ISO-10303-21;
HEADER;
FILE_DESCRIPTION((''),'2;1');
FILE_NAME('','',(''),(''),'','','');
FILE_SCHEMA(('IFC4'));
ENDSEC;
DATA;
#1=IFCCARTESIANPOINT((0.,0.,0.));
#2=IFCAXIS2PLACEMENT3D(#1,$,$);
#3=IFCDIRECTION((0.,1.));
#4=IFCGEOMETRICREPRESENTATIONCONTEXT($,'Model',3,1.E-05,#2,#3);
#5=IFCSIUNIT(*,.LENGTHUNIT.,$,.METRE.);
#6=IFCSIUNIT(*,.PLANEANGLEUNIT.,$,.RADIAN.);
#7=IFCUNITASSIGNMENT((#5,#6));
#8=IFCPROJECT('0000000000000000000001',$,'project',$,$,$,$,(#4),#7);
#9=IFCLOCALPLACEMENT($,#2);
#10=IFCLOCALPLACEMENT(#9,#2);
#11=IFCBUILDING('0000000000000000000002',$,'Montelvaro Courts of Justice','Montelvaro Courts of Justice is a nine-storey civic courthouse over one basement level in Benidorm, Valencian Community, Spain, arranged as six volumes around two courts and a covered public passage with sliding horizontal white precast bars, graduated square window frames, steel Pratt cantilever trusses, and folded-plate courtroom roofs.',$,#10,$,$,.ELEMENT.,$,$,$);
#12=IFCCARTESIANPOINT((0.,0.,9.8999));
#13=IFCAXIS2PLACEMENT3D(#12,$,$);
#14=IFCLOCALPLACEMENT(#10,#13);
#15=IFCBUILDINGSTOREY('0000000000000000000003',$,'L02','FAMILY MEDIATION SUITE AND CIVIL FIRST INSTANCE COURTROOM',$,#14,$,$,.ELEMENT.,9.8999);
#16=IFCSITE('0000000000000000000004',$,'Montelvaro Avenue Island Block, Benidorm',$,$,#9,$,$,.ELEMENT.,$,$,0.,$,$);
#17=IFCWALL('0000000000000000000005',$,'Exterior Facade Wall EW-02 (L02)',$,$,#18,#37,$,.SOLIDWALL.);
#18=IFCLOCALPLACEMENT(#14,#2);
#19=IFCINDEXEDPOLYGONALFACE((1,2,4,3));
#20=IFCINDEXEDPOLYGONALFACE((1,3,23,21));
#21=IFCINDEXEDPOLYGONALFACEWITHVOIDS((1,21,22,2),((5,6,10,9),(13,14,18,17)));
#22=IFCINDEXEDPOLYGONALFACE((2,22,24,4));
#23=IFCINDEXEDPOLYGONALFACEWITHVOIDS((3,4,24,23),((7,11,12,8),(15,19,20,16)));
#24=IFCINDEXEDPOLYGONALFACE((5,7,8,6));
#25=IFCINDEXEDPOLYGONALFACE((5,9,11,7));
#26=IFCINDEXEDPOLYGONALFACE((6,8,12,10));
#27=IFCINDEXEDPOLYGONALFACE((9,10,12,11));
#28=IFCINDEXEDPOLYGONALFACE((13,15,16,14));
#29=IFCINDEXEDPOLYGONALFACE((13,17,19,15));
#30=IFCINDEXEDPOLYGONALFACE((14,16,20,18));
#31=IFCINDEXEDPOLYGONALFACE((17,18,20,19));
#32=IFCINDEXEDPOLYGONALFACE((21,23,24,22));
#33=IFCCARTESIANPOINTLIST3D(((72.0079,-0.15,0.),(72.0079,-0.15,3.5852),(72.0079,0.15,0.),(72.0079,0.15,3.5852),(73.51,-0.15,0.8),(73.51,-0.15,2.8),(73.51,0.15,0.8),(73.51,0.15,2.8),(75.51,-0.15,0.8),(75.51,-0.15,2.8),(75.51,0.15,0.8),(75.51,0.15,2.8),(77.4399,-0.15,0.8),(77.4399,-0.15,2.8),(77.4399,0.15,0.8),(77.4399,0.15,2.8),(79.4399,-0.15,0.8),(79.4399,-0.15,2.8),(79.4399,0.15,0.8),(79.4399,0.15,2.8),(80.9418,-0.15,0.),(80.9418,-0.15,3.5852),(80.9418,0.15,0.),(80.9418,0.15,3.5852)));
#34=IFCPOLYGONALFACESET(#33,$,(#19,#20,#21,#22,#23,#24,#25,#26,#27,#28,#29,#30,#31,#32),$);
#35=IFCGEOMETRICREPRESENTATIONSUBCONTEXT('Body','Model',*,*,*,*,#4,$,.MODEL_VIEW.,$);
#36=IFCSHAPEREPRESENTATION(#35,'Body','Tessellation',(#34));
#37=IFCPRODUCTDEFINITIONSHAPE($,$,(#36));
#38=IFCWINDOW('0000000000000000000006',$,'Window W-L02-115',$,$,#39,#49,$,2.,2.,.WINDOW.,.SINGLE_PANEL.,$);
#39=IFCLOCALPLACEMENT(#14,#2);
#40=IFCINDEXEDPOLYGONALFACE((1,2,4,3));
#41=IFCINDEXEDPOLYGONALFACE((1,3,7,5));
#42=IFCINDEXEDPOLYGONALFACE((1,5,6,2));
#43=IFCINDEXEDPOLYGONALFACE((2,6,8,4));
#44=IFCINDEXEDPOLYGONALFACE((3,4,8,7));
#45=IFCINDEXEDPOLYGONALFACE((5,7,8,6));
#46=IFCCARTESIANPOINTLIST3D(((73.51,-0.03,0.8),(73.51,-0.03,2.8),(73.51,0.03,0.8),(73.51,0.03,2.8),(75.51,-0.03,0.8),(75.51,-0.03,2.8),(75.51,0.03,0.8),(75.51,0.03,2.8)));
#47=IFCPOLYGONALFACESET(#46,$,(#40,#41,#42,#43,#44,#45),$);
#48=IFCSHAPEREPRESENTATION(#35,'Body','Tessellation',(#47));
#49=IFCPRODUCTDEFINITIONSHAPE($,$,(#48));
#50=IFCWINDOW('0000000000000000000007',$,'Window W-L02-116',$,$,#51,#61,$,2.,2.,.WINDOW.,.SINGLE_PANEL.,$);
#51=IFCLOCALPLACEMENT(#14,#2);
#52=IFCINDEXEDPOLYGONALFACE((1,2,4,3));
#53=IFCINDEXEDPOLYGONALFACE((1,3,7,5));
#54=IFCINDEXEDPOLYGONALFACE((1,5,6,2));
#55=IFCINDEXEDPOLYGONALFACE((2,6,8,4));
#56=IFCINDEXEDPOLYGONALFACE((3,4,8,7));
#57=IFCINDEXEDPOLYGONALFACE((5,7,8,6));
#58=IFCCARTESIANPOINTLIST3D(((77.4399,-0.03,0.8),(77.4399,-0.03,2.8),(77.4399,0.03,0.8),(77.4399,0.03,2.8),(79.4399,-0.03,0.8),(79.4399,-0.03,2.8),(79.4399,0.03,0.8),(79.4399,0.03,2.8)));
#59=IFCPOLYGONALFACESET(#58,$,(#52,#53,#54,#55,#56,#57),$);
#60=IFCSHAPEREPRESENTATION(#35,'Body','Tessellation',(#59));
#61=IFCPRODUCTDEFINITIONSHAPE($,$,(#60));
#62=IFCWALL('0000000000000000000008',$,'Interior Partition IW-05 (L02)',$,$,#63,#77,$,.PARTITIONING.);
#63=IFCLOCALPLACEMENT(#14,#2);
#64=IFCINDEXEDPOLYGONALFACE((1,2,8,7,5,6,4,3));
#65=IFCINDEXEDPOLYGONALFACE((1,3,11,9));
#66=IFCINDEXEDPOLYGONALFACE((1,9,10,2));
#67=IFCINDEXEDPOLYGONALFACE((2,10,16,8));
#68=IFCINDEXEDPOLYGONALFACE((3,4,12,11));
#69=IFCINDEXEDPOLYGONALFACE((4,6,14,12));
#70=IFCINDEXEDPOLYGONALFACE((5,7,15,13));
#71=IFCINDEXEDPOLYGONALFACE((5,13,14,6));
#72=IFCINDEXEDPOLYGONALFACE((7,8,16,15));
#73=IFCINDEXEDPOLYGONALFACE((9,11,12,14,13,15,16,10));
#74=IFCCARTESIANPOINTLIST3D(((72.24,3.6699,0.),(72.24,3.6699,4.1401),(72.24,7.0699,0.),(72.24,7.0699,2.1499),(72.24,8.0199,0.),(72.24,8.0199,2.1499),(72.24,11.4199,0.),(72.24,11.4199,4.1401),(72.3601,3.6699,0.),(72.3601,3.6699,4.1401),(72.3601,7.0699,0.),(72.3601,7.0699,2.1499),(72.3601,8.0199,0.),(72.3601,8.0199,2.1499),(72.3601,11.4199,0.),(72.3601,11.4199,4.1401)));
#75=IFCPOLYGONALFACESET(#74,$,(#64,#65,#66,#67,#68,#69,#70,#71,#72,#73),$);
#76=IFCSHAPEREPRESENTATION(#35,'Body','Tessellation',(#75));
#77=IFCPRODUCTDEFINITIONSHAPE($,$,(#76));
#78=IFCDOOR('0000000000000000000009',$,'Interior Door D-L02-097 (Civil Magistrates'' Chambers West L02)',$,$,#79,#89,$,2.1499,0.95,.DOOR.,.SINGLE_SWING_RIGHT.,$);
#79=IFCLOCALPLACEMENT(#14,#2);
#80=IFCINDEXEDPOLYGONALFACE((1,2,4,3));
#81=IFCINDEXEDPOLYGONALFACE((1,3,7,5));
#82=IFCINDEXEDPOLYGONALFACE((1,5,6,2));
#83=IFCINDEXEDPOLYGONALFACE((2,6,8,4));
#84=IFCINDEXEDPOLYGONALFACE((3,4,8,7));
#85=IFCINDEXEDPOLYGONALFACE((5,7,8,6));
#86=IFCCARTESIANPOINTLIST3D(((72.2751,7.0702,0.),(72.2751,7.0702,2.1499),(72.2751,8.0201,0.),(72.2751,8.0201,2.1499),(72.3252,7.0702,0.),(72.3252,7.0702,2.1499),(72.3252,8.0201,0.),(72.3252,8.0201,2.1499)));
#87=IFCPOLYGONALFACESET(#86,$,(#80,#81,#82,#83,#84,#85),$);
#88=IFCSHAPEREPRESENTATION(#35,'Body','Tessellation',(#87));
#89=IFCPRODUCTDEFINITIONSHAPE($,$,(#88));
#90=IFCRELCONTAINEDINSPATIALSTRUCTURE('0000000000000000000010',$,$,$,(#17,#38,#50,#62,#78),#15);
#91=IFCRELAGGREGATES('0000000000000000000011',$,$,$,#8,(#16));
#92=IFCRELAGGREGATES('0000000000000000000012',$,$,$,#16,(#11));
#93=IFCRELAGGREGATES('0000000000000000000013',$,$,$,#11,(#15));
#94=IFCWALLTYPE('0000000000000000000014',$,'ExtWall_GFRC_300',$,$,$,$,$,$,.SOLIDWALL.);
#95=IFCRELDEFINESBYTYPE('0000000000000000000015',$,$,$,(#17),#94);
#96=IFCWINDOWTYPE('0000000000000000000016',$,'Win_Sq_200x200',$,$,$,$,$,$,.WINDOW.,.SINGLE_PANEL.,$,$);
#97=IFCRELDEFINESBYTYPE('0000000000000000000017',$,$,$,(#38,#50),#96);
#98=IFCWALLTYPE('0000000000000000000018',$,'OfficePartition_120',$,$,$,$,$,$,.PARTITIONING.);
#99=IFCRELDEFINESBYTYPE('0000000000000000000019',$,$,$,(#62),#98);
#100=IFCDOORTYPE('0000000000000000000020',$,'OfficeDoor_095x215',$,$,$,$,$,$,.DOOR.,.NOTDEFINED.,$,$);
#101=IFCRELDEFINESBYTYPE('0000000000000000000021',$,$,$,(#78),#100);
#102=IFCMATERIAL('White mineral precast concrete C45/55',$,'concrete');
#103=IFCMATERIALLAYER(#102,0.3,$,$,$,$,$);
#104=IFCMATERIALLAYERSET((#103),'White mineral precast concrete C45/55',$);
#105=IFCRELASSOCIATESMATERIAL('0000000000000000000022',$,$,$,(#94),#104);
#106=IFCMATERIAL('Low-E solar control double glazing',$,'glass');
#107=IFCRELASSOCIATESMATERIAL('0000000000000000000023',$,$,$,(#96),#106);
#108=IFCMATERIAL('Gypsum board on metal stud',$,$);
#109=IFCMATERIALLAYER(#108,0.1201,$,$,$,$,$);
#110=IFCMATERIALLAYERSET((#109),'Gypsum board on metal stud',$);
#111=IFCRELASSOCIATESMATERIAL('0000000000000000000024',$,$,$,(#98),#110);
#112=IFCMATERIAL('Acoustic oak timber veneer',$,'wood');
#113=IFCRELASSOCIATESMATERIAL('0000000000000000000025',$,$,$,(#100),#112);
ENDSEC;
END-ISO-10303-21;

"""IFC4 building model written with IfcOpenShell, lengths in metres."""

from ifc_helpers import new_model, si_unit, direction, frame, frame_2d, origin, place, context, subcontext, project, spatial, rectangle, extrude, material, layer, layer_set, type_object, element, fill, save


model = new_model("IFC4")

# Units and contexts
model_context = context("Model", 3, precision=1e-05, world=origin(), true_north=direction((0.0, 1.0)))
body_context = subcontext(model_context, "Body", "Model", "MODEL_VIEW")
ifc_project = project(units=[si_unit("LENGTHUNIT", "METRE"), si_unit("PLANEANGLEUNIT", "RADIAN")], contexts=[model_context])

# Site, building, storey
site_placement = place(None, origin())
site = spatial("IfcSite", under=ifc_project, at=site_placement, Name="Montelvaro Avenue Island Block, Benidorm", CompositionType="ELEMENT", RefElevation=0.0)
building_placement = place(site_placement, origin())
building = spatial("IfcBuilding", under=site, at=building_placement, Name="Montelvaro Courts of Justice", Description="Montelvaro Courts of Justice is a nine-storey civic courthouse over one basement level in Benidorm, Valencian Community, Spain, arranged as six volumes around two courts and a covered public passage with sliding horizontal white precast bars, graduated square window frames, steel Pratt cantilever trusses, and folded-plate courtroom roofs.", CompositionType="ELEMENT")
storey_placement = place(building_placement, frame((0.0, 0.0, 9.8999)))
storey = spatial("IfcBuildingStorey", under=building, at=storey_placement, Name="L02", Description="FAMILY MEDIATION SUITE AND CIVIL FIRST INSTANCE COURTROOM", CompositionType="ELEMENT", Elevation=9.8999)

# Shared definitions
ifc_material_1 = material(Name="White mineral precast concrete C45/55", Category="concrete")

# Shared definitions
ifc_material_2 = material(Name="Gypsum board on metal stud")

# Wall, openings, windows
ifc_layer_1 = layer(ifc_material_1, 0.3)
ifc_layer_set_1 = layer_set([ifc_layer_1], Name="White mineral precast concrete C45/55")
wall_type_1 = type_object("IfcWallType", Name="ExtWall_GFRC_300", PredefinedType="SOLIDWALL", material=ifc_layer_set_1)
wall_1_placement = place(storey_placement, frame((72.0081, 0.0, 0.0), z_axis=(0.0, 0.0, 1.0), x_axis=(1.0, 0.0, 0.0)))
wall_1 = element("IfcWall", 1, at=wall_1_placement, inside=storey, type_object=wall_type_1, Name="Exterior Facade Wall EW-02 (L02)", PredefinedType="SOLIDWALL", context=body_context, shape_type="SweptSolid", body=[
    extrude(rectangle(XDim=8.9338, YDim=0.3, at=frame_2d((4.4668, 0.0))), origin(), (0.0, 0.0, 1.0), 3.5852),
])
opening_1_placement = place(wall_1_placement, frame((1.502, 0.0, 0.8)))
opening_1 = element("IfcOpeningElement", 2, at=opening_1_placement, cuts=wall_1, PredefinedType="OPENING", context=body_context, shape_type="SweptSolid", body=[
    extrude(rectangle(XDim=2.0, YDim=2.0, at=frame_2d((1.0, 1.0))), frame((0.0, 0.165, 0.0), z_axis=(0.0, -1.0, 0.0), x_axis=(1.0, 0.0, 0.0)), (0.0, 0.0, 1.0), 0.3298),
])
opening_2_placement = place(wall_1_placement, frame((5.4319, 0.0, 0.8)))
opening_2 = element("IfcOpeningElement", 3, at=opening_2_placement, cuts=wall_1, PredefinedType="OPENING", context=body_context, shape_type="SweptSolid", body=[
    extrude(rectangle(XDim=2.0, YDim=2.0, at=frame_2d((1.0, 1.0))), frame((0.0, 0.165, 0.0), z_axis=(0.0, -1.0, 0.0), x_axis=(1.0, 0.0, 0.0)), (0.0, 0.0, 1.0), 0.3298),
])
ifc_material_3 = material(Name="Low-E solar control double glazing", Category="glass")
window_type = type_object("IfcWindowType", Name="Win_Sq_200x200", PartitioningType="SINGLE_PANEL", PredefinedType="WINDOW", material=ifc_material_3)
window_1_placement = place(opening_1_placement, origin())
window_1 = element("IfcWindow", 4, at=window_1_placement, inside=storey, type_object=window_type, Name="Window W-L02-115", OverallHeight=2.0, OverallWidth=2.0, PartitioningType="SINGLE_PANEL", PredefinedType="WINDOW", context=body_context, shape_type="SweptSolid", body=[
    extrude(rectangle(XDim=2.0, YDim=2.0, at=frame_2d((1.0, 1.0))), frame((0.0, 0.03, 0.0), z_axis=(0.0, -1.0, 0.0), x_axis=(1.0, 0.0, 0.0)), (0.0, 0.0, 1.0), 0.0601),
])
fill(opening_1, window_1)
window_2_placement = place(opening_2_placement, origin())
window_2 = element("IfcWindow", 5, at=window_2_placement, inside=storey, type_object=window_type, Name="Window W-L02-116", OverallHeight=2.0, OverallWidth=2.0, PartitioningType="SINGLE_PANEL", PredefinedType="WINDOW", context=body_context, shape_type="SweptSolid", body=[
    extrude(rectangle(XDim=2.0, YDim=2.0, at=frame_2d((1.0, 1.0))), frame((0.0, 0.03, 0.0), z_axis=(0.0, -1.0, 0.0), x_axis=(1.0, 0.0, 0.0)), (0.0, 0.0, 1.0), 0.0601),
])
fill(opening_2, window_2)

# Wall, opening, door
ifc_layer_2 = layer(ifc_material_2, 0.1201)
ifc_layer_set_2 = layer_set([ifc_layer_2], Name="Gypsum board on metal stud")
wall_type_2 = type_object("IfcWallType", Name="OfficePartition_120", PredefinedType="PARTITIONING", material=ifc_layer_set_2)
wall_2_placement = place(storey_placement, frame((72.3, 11.4199, 0.0), z_axis=(0.0, 0.0, 1.0), x_axis=(0.0, -1.0, 0.0)))
wall_2 = element("IfcWall", 6, at=wall_2_placement, inside=storey, type_object=wall_type_2, Name="Interior Partition IW-05 (L02)", PredefinedType="PARTITIONING", context=body_context, shape_type="SweptSolid", body=[
    extrude(rectangle(XDim=7.75, YDim=0.1201, at=frame_2d((3.875, 0.0))), origin(), (0.0, 0.0, 1.0), 4.1401),
])
opening_3_placement = place(wall_2_placement, frame((3.3999, 0.0, 0.0)))
opening_3 = element("IfcOpeningElement", 7, at=opening_3_placement, cuts=wall_2, PredefinedType="OPENING", context=body_context, shape_type="SweptSolid", body=[
    extrude(rectangle(XDim=0.95, YDim=2.1499, at=frame_2d((0.4751, 1.075))), frame((0.0, 0.075, 0.0), z_axis=(0.0, -1.0, 0.0), x_axis=(1.0, 0.0, 0.0)), (0.0, 0.0, 1.0), 0.1499),
])
ifc_material_4 = material(Name="Acoustic oak timber veneer", Category="wood")
door_type = type_object("IfcDoorType", Name="OfficeDoor_095x215", OperationType="NOTDEFINED", PredefinedType="DOOR", material=ifc_material_4)
door_placement = place(opening_3_placement, frame((0.95, 0.0, 0.0), z_axis=(0.0, 0.0, 1.0), x_axis=(-1.0, 0.0, 0.0)))
door = element("IfcDoor", 8, at=door_placement, inside=storey, type_object=door_type, Name="Interior Door D-L02-097 (Civil Magistrates' Chambers West L02)", OperationType="SINGLE_SWING_RIGHT", OverallHeight=2.1499, OverallWidth=0.95, PredefinedType="DOOR", context=body_context, shape_type="SweptSolid", body=[
    extrude(rectangle(XDim=0.95, YDim=2.1499, at=frame_2d((0.4751, 1.075))), frame((0.0, 0.0249, 0.0), z_axis=(0.0, -1.0, 0.0), x_axis=(1.0, 0.0, 0.0)), (0.0, 0.0, 1.0), 0.05),
])
fill(opening_3, door)

save(model, "model.ifc")
